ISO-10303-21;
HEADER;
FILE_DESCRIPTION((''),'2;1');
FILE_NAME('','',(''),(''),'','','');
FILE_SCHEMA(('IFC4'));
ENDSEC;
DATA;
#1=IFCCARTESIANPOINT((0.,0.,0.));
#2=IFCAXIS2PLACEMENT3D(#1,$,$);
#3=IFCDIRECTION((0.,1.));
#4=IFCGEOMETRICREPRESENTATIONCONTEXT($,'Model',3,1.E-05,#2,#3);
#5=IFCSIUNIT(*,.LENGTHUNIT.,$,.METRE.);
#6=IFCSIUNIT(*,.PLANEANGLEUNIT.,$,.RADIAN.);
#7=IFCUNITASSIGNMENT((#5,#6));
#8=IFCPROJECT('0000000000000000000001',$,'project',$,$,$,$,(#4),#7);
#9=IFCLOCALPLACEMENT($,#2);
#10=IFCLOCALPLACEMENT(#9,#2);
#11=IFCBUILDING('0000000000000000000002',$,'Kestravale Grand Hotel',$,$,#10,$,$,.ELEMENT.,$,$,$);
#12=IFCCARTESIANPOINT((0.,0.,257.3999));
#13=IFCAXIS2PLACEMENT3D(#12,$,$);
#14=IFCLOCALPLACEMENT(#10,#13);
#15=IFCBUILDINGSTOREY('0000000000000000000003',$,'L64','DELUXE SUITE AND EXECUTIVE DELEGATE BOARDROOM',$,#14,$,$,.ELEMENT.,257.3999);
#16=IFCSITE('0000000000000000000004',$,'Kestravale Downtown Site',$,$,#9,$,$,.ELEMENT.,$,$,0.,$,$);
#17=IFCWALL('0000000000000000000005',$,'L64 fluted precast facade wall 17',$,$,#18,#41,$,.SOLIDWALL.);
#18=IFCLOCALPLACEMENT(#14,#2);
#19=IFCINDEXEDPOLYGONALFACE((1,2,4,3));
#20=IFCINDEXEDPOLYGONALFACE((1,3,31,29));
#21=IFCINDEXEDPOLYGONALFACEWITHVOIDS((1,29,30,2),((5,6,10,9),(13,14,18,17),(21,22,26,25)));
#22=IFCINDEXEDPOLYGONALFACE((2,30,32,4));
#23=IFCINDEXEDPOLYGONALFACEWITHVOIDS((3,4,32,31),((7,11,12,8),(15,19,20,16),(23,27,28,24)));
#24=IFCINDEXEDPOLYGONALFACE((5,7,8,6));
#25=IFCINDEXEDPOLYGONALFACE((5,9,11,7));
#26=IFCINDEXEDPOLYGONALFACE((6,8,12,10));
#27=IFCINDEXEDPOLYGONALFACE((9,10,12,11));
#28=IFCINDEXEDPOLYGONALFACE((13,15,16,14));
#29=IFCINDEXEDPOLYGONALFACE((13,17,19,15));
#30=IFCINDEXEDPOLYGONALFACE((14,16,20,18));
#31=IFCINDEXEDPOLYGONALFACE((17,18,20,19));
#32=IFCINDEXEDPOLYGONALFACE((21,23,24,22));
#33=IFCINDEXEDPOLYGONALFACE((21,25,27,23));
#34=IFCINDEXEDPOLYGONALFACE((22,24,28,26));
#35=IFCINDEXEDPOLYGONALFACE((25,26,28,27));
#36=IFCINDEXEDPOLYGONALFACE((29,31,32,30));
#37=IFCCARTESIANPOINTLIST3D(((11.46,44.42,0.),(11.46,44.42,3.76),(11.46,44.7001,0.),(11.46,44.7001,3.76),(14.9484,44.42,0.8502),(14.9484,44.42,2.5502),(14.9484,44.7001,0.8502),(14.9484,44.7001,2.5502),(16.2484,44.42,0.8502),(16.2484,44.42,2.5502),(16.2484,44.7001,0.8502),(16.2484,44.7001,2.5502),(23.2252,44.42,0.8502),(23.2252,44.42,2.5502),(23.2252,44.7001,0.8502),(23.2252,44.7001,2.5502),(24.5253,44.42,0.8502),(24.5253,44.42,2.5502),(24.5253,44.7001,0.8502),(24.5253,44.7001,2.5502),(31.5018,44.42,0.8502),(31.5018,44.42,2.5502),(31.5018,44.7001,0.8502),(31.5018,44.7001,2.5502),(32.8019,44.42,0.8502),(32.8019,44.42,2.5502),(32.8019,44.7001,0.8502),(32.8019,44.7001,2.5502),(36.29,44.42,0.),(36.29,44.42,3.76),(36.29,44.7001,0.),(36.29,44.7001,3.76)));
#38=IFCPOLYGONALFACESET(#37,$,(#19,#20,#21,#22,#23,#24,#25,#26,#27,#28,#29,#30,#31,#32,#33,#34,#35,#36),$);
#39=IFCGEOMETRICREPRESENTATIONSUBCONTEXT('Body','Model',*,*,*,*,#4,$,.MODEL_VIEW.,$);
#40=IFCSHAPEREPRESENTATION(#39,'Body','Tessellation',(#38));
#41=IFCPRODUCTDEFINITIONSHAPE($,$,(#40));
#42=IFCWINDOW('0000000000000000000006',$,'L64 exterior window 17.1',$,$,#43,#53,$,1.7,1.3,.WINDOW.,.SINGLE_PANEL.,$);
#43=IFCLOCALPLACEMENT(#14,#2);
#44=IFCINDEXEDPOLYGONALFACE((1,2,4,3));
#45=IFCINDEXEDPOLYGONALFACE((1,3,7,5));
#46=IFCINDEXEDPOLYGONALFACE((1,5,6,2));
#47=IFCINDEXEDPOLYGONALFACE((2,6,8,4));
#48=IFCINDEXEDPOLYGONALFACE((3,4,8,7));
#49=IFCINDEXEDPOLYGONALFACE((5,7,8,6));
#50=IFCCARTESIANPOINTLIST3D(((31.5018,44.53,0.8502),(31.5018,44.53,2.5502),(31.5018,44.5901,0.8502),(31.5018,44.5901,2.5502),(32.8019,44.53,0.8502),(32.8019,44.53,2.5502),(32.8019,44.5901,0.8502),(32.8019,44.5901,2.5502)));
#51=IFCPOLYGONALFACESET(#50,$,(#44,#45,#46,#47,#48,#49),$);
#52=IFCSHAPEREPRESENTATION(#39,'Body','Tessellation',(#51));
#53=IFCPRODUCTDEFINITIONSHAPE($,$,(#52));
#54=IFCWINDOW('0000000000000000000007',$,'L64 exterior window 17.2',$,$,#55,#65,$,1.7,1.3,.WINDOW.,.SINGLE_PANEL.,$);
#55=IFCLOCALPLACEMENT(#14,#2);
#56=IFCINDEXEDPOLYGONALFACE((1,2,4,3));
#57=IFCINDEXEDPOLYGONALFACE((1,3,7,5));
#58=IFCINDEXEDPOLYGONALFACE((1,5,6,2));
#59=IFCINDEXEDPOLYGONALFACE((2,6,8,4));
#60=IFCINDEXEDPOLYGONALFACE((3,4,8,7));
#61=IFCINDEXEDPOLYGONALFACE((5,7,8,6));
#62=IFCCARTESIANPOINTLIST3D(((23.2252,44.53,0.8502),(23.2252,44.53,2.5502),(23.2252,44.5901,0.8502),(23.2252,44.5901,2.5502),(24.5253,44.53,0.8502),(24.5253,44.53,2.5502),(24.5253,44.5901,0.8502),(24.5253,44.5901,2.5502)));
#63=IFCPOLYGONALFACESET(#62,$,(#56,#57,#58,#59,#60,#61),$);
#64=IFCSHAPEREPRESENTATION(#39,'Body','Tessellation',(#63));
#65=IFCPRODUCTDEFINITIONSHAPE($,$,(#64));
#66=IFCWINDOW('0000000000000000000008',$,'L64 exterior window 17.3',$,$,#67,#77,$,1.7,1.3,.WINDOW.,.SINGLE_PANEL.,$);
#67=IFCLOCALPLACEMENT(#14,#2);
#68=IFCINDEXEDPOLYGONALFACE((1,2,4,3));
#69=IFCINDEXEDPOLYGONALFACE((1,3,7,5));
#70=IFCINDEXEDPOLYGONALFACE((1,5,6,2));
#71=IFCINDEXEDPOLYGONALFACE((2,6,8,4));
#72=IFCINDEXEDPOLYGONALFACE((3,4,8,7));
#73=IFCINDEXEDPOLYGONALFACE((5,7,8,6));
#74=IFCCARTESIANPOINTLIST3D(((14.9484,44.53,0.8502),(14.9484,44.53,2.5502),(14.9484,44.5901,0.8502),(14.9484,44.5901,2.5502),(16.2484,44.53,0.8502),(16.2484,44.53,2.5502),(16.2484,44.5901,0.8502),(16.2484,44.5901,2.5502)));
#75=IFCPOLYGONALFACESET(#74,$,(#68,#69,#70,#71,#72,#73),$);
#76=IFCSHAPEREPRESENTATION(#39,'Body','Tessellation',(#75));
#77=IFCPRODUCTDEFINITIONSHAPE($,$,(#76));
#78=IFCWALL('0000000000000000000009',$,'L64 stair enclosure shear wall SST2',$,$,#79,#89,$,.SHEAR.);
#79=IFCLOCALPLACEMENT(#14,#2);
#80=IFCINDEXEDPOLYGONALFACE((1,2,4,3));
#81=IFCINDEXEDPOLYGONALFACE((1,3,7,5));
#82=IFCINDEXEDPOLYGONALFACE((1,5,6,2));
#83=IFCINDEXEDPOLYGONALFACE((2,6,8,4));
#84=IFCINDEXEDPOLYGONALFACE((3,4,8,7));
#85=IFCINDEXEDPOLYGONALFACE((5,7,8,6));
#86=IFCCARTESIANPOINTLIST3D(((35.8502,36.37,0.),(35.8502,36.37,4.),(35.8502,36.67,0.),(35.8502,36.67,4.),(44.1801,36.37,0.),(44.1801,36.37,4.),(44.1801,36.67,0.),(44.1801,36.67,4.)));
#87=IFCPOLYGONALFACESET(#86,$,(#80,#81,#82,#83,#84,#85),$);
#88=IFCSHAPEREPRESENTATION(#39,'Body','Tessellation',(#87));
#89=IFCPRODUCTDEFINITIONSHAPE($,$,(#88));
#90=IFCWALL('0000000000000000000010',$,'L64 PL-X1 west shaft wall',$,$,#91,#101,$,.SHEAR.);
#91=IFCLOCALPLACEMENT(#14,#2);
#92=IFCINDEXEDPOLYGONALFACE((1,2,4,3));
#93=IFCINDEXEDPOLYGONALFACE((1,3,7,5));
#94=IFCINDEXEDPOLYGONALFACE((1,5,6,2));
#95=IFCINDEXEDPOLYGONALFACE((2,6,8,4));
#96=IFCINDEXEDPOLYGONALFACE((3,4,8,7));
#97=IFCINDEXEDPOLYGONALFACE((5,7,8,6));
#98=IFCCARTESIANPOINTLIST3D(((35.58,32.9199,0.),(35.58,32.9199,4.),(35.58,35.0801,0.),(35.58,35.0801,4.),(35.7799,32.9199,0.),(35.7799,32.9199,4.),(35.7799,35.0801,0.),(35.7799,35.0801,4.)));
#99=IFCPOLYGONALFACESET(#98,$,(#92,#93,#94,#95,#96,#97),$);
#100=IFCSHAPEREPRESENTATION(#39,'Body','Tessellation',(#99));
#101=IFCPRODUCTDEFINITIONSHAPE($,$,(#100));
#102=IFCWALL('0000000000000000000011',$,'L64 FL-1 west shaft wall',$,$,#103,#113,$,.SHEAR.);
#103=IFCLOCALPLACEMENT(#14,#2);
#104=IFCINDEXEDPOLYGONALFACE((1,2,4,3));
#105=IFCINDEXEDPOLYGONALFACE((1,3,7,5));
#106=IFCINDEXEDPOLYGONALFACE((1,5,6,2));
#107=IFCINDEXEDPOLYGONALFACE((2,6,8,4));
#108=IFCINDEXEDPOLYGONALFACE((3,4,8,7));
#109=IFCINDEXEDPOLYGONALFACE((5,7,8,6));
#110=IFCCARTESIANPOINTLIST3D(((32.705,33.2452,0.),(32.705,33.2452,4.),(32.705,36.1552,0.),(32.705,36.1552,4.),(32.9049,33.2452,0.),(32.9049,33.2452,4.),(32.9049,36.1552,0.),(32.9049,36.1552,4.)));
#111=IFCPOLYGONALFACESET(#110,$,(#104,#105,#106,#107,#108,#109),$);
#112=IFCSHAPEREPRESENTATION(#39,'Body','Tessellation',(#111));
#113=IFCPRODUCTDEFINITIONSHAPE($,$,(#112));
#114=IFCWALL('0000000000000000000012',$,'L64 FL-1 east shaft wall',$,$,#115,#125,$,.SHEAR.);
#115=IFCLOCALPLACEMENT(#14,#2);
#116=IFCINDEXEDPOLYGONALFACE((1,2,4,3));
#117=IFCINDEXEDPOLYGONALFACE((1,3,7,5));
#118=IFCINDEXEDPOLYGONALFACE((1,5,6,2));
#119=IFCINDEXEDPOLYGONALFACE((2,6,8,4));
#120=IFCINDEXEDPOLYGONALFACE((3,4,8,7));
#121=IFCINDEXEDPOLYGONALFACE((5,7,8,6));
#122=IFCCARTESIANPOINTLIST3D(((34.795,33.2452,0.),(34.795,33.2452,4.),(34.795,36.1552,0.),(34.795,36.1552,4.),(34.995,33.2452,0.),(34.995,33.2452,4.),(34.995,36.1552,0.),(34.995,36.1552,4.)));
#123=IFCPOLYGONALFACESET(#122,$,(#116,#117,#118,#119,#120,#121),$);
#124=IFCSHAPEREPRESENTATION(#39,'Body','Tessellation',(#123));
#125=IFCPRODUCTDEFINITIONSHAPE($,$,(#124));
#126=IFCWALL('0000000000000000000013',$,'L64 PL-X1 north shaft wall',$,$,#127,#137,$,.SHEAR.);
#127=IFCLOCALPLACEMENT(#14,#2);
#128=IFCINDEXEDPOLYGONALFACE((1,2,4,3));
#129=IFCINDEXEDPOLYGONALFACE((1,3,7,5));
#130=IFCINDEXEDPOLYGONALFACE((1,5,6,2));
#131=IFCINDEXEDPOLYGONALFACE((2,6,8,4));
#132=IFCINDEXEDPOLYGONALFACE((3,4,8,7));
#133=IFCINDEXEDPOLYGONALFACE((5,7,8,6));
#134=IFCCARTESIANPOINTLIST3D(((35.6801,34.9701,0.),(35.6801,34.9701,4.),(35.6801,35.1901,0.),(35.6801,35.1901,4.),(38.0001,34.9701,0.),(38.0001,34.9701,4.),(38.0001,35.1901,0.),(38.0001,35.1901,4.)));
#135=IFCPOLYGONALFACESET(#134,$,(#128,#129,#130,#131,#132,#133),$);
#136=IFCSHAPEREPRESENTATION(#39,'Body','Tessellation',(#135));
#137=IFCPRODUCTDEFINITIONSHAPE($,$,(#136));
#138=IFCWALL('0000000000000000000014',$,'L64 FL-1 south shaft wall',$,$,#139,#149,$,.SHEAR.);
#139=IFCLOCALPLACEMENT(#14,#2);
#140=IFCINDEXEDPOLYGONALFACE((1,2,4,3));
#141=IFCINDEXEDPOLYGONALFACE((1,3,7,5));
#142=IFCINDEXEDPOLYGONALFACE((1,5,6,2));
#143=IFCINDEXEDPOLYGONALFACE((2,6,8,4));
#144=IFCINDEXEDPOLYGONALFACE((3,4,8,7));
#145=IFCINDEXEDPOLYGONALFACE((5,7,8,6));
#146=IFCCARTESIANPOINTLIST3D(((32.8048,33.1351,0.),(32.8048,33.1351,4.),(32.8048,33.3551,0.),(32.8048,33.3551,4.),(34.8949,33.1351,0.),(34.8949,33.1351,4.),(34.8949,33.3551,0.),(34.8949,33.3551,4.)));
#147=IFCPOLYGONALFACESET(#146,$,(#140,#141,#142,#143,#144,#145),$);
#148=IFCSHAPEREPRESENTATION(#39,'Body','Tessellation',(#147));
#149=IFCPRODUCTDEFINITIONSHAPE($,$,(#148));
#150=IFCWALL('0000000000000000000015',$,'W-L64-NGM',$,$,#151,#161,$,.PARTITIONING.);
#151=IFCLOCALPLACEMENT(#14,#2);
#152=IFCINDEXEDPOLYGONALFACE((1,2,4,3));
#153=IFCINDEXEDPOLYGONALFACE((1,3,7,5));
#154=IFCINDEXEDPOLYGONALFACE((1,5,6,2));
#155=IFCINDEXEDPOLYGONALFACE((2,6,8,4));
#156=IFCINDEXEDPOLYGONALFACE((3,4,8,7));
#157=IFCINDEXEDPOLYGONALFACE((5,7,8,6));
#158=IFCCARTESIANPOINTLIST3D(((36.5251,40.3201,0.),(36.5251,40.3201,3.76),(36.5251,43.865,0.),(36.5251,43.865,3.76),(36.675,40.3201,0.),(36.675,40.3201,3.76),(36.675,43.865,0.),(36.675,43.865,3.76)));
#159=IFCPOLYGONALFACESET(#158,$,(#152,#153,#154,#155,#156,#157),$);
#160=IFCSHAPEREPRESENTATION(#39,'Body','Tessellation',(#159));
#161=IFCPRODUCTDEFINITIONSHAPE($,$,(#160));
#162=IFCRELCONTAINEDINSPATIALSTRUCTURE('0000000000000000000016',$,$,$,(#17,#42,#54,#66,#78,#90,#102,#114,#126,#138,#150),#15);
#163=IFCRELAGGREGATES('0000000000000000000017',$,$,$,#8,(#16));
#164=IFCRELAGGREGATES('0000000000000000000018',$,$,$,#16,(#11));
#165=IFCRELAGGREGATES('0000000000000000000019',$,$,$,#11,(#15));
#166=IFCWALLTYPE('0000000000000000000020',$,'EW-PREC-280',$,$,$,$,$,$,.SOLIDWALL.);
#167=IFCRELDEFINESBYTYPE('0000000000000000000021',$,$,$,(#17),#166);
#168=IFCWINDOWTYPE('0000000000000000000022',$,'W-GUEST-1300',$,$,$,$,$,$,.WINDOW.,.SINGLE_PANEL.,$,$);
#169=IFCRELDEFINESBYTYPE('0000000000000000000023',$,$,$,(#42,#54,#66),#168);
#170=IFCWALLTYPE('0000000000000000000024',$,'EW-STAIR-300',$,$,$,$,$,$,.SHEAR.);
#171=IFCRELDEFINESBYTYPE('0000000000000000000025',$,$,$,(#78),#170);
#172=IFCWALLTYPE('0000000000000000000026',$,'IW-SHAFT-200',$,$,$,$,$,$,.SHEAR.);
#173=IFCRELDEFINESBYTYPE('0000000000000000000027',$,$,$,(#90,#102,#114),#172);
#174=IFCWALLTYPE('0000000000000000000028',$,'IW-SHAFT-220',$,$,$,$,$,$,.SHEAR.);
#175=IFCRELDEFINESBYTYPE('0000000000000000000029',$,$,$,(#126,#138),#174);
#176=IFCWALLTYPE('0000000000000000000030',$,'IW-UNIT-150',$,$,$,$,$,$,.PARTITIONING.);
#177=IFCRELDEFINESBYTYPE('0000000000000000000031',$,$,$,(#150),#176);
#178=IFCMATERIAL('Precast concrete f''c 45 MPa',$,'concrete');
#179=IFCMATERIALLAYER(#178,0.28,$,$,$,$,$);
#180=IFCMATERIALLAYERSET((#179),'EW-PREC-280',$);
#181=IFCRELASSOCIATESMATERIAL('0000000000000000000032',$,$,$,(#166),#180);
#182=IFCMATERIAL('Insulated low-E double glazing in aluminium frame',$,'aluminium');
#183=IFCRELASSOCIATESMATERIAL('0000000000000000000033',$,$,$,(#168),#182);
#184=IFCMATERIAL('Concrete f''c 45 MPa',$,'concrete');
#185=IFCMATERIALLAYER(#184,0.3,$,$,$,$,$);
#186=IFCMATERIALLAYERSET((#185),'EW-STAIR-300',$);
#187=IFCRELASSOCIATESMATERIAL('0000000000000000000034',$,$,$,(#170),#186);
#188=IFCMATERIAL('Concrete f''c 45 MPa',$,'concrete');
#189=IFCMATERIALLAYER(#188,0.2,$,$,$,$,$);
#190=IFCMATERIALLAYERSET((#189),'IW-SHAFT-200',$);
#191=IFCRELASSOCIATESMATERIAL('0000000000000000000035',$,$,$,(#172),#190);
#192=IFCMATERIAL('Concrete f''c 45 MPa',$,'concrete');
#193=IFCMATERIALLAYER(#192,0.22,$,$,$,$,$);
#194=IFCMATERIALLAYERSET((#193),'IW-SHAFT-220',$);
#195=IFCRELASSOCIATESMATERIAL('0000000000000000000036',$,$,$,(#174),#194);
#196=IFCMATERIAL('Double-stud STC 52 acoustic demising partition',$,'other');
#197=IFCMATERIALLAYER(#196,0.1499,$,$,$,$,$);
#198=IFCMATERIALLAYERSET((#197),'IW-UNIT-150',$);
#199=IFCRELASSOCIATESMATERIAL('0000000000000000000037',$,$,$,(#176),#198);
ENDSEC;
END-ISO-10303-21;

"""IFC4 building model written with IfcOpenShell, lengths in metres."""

from ifc_helpers import new_model, si_unit, direction, frame, frame_2d, origin, place, context, subcontext, project, spatial, rectangle, extrude, material, layer, layer_set, type_object, element, fill, save


model = new_model("IFC4")

# Units and contexts
model_context = context("Model", 3, precision=1e-05, world=origin(), true_north=direction((0.0, 1.0)))
body_context = subcontext(model_context, "Body", "Model", "MODEL_VIEW")
ifc_project = project(units=[si_unit("LENGTHUNIT", "METRE"), si_unit("PLANEANGLEUNIT", "RADIAN")], contexts=[model_context])

# Site, building, storey
site_placement = place(None, origin())
site = spatial("IfcSite", under=ifc_project, at=site_placement, Name="Kestravale Downtown Site", CompositionType="ELEMENT", RefElevation=0.0)
building_placement = place(site_placement, origin())
building = spatial("IfcBuilding", under=site, at=building_placement, Name="Kestravale Grand Hotel", CompositionType="ELEMENT")
storey_placement = place(building_placement, frame((0.0, 0.0, 257.3999)))
storey = spatial("IfcBuildingStorey", under=building, at=storey_placement, Name="L64", Description="DELUXE SUITE AND EXECUTIVE DELEGATE BOARDROOM", CompositionType="ELEMENT", Elevation=257.3999)

# Wall, openings, windows
ifc_material_1 = material(Name="Precast concrete f'c 45 MPa", Category="concrete")
ifc_layer_1 = layer(ifc_material_1, 0.28)
ifc_layer_set_1 = layer_set([ifc_layer_1], Name="EW-PREC-280")
wall_type_1 = type_object("IfcWallType", Name="EW-PREC-280", PredefinedType="SOLIDWALL", material=ifc_layer_set_1)
wall_1_placement = place(storey_placement, frame((36.29, 44.5601, 0.0), z_axis=(0.0, 0.0, 1.0), x_axis=(-1.0, 0.0, 0.0)))
wall_1 = element("IfcWall", 1, at=wall_1_placement, inside=storey, type_object=wall_type_1, Name="L64 fluted precast facade wall 17", PredefinedType="SOLIDWALL", context=body_context, shape_type="SweptSolid", body=[
    extrude(rectangle(XDim=24.8301, YDim=0.28, at=frame_2d((12.415, 0.0))), origin(), (0.0, 0.0, 1.0), 3.76),
])
opening_1_placement = place(wall_1_placement, frame((3.4883, 0.0, 0.8501)))
opening_1 = element("IfcOpeningElement", 2, at=opening_1_placement, cuts=wall_1, PredefinedType="OPENING", context=body_context, shape_type="SweptSolid", body=[
    extrude(rectangle(XDim=1.3, YDim=1.7, at=frame_2d((0.6499, 0.8501))), frame((0.0, 0.1499, 0.0), z_axis=(0.0, -1.0, 0.0), x_axis=(1.0, 0.0, 0.0)), (0.0, 0.0, 1.0), 0.3),
])
opening_2_placement = place(wall_1_placement, frame((11.7649, 0.0, 0.8501)))
opening_2 = element("IfcOpeningElement", 3, at=opening_2_placement, cuts=wall_1, PredefinedType="OPENING", context=body_context, shape_type="SweptSolid", body=[
    extrude(rectangle(XDim=1.3, YDim=1.7, at=frame_2d((0.6499, 0.8501))), frame((0.0, 0.1499, 0.0), z_axis=(0.0, -1.0, 0.0), x_axis=(1.0, 0.0, 0.0)), (0.0, 0.0, 1.0), 0.3),
])
opening_3_placement = place(wall_1_placement, frame((20.0417, 0.0, 0.8501)))
opening_3 = element("IfcOpeningElement", 4, at=opening_3_placement, cuts=wall_1, PredefinedType="OPENING", context=body_context, shape_type="SweptSolid", body=[
    extrude(rectangle(XDim=1.3, YDim=1.7, at=frame_2d((0.6499, 0.8501))), frame((0.0, 0.1499, 0.0), z_axis=(0.0, -1.0, 0.0), x_axis=(1.0, 0.0, 0.0)), (0.0, 0.0, 1.0), 0.3),
])
ifc_material_2 = material(Name="Insulated low-E double glazing in aluminium frame", Category="aluminium")
window_type = type_object("IfcWindowType", Name="W-GUEST-1300", PartitioningType="SINGLE_PANEL", PredefinedType="WINDOW", material=ifc_material_2)
window_1_placement = place(opening_1_placement, origin())
window_1 = element("IfcWindow", 5, at=window_1_placement, inside=storey, type_object=window_type, Name="L64 exterior window 17.1", OverallHeight=1.7, OverallWidth=1.3, PartitioningType="SINGLE_PANEL", PredefinedType="WINDOW", context=body_context, shape_type="SweptSolid", body=[
    extrude(rectangle(XDim=1.3, YDim=1.7, at=frame_2d((0.6499, 0.8501))), frame((0.0, 0.03, 0.0), z_axis=(0.0, -1.0, 0.0), x_axis=(1.0, 0.0, 0.0)), (0.0, 0.0, 1.0), 0.0601),
])
fill(opening_1, window_1)
window_2_placement = place(opening_2_placement, origin())
window_2 = element("IfcWindow", 6, at=window_2_placement, inside=storey, type_object=window_type, Name="L64 exterior window 17.2", OverallHeight=1.7, OverallWidth=1.3, PartitioningType="SINGLE_PANEL", PredefinedType="WINDOW", context=body_context, shape_type="SweptSolid", body=[
    extrude(rectangle(XDim=1.3, YDim=1.7, at=frame_2d((0.6499, 0.8501))), frame((0.0, 0.03, 0.0), z_axis=(0.0, -1.0, 0.0), x_axis=(1.0, 0.0, 0.0)), (0.0, 0.0, 1.0), 0.0601),
])
fill(opening_2, window_2)
window_3_placement = place(opening_3_placement, origin())
window_3 = element("IfcWindow", 7, at=window_3_placement, inside=storey, type_object=window_type, Name="L64 exterior window 17.3", OverallHeight=1.7, OverallWidth=1.3, PartitioningType="SINGLE_PANEL", PredefinedType="WINDOW", context=body_context, shape_type="SweptSolid", body=[
    extrude(rectangle(XDim=1.3, YDim=1.7, at=frame_2d((0.6499, 0.8501))), frame((0.0, 0.03, 0.0), z_axis=(0.0, -1.0, 0.0), x_axis=(1.0, 0.0, 0.0)), (0.0, 0.0, 1.0), 0.0601),
])
fill(opening_3, window_3)

# Walls
ifc_material_3 = material(Name="Concrete f'c 45 MPa", Category="concrete")
ifc_layer_2 = layer(ifc_material_3, 0.3)
ifc_layer_set_2 = layer_set([ifc_layer_2], Name="EW-STAIR-300")
wall_type_2 = type_object("IfcWallType", Name="EW-STAIR-300", PredefinedType="SHEAR", material=ifc_layer_set_2)
wall_2_placement = place(storey_placement, frame((35.8501, 36.52, 0.0), z_axis=(0.0, 0.0, 1.0), x_axis=(1.0, 0.0, 0.0)))
element("IfcWall", 8, at=wall_2_placement, inside=storey, type_object=wall_type_2, Name="L64 stair enclosure shear wall SST2", PredefinedType="SHEAR", context=body_context, shape_type="SweptSolid", body=[
    extrude(rectangle(XDim=8.3298, YDim=0.3, at=frame_2d((4.165, 0.0))), origin(), (0.0, 0.0, 1.0), 4.0),
])
ifc_material_4 = material(Name="Concrete f'c 45 MPa", Category="concrete")
ifc_layer_3 = layer(ifc_material_4, 0.2)
ifc_layer_set_3 = layer_set([ifc_layer_3], Name="IW-SHAFT-200")
wall_type_3 = type_object("IfcWallType", Name="IW-SHAFT-200", PredefinedType="SHEAR", material=ifc_layer_set_3)
wall_3_placement = place(storey_placement, frame((35.6799, 32.9199, 0.0), z_axis=(0.0, 0.0, 1.0), x_axis=(0.0, 1.0, 0.0)))
element("IfcWall", 9, at=wall_3_placement, inside=storey, type_object=wall_type_3, Name="L64 PL-X1 west shaft wall", PredefinedType="SHEAR", context=body_context, shape_type="SweptSolid", body=[
    extrude(rectangle(XDim=2.1602, YDim=0.2, at=frame_2d((1.0801, 0.0))), origin(), (0.0, 0.0, 1.0), 4.0),
])
for number, where, z_axis, x_axis, name in (
    (10, (32.8049, 33.2451, 0.0), (0.0, 0.0, 1.0), (0.0, 1.0, 0.0), "L64 FL-1 west shaft wall"),
    (11, (34.895, 33.2451, 0.0), (0.0, 0.0, 1.0), (0.0, 1.0, 0.0), "L64 FL-1 east shaft wall"),
):
    element("IfcWall", number, at=place(storey_placement, frame(where, z_axis=z_axis, x_axis=x_axis)), inside=storey, type_object=wall_type_3, Name=name, PredefinedType="SHEAR", context=body_context, shape_type="SweptSolid", body=[
        extrude(rectangle(XDim=2.9099, YDim=0.2, at=frame_2d((1.4551, 0.0))), origin(), (0.0, 0.0, 1.0), 4.0),
    ])
ifc_material_5 = material(Name="Concrete f'c 45 MPa", Category="concrete")
ifc_layer_4 = layer(ifc_material_5, 0.22)
ifc_layer_set_4 = layer_set([ifc_layer_4], Name="IW-SHAFT-220")
wall_type_4 = type_object("IfcWallType", Name="IW-SHAFT-220", PredefinedType="SHEAR", material=ifc_layer_set_4)
wall_4_placement = place(storey_placement, frame((35.6799, 35.0801, 0.0), z_axis=(0.0, 0.0, 1.0), x_axis=(1.0, 0.0, 0.0)))
element("IfcWall", 12, at=wall_4_placement, inside=storey, type_object=wall_type_4, Name="L64 PL-X1 north shaft wall", PredefinedType="SHEAR", context=body_context, shape_type="SweptSolid", body=[
    extrude(rectangle(XDim=2.3201, YDim=0.22, at=frame_2d((1.1602, 0.0))), origin(), (0.0, 0.0, 1.0), 4.0),
])

# Walls
wall_5_placement = place(storey_placement, frame((32.8049, 33.2451, 0.0), z_axis=(0.0, 0.0, 1.0), x_axis=(1.0, 0.0, 0.0)))
element("IfcWall", 13, at=wall_5_placement, inside=storey, type_object=wall_type_4, Name="L64 FL-1 south shaft wall", PredefinedType="SHEAR", context=body_context, shape_type="SweptSolid", body=[
    extrude(rectangle(XDim=2.0901, YDim=0.22, at=frame_2d((1.0449, 0.0))), origin(), (0.0, 0.0, 1.0), 4.0),
])
ifc_material_6 = material(Name="Double-stud STC 52 acoustic demising partition", Category="other")
ifc_layer_5 = layer(ifc_material_6, 0.1499)
ifc_layer_set_5 = layer_set([ifc_layer_5], Name="IW-UNIT-150")
wall_type_5 = type_object("IfcWallType", Name="IW-UNIT-150", PredefinedType="PARTITIONING", material=ifc_layer_set_5)
wall_6_placement = place(storey_placement, frame((36.6001, 40.3201, 0.0), z_axis=(0.0, 0.0, 1.0), x_axis=(0.0, 1.0, 0.0)))
element("IfcWall", 14, at=wall_6_placement, inside=storey, type_object=wall_type_5, Name="W-L64-NGM", PredefinedType="PARTITIONING", context=body_context, shape_type="SweptSolid", body=[
    extrude(rectangle(XDim=3.5449, YDim=0.1499, at=frame_2d((1.7725, 0.0))), origin(), (0.0, 0.0, 1.0), 3.76),
])

save(model, "model.ifc")
